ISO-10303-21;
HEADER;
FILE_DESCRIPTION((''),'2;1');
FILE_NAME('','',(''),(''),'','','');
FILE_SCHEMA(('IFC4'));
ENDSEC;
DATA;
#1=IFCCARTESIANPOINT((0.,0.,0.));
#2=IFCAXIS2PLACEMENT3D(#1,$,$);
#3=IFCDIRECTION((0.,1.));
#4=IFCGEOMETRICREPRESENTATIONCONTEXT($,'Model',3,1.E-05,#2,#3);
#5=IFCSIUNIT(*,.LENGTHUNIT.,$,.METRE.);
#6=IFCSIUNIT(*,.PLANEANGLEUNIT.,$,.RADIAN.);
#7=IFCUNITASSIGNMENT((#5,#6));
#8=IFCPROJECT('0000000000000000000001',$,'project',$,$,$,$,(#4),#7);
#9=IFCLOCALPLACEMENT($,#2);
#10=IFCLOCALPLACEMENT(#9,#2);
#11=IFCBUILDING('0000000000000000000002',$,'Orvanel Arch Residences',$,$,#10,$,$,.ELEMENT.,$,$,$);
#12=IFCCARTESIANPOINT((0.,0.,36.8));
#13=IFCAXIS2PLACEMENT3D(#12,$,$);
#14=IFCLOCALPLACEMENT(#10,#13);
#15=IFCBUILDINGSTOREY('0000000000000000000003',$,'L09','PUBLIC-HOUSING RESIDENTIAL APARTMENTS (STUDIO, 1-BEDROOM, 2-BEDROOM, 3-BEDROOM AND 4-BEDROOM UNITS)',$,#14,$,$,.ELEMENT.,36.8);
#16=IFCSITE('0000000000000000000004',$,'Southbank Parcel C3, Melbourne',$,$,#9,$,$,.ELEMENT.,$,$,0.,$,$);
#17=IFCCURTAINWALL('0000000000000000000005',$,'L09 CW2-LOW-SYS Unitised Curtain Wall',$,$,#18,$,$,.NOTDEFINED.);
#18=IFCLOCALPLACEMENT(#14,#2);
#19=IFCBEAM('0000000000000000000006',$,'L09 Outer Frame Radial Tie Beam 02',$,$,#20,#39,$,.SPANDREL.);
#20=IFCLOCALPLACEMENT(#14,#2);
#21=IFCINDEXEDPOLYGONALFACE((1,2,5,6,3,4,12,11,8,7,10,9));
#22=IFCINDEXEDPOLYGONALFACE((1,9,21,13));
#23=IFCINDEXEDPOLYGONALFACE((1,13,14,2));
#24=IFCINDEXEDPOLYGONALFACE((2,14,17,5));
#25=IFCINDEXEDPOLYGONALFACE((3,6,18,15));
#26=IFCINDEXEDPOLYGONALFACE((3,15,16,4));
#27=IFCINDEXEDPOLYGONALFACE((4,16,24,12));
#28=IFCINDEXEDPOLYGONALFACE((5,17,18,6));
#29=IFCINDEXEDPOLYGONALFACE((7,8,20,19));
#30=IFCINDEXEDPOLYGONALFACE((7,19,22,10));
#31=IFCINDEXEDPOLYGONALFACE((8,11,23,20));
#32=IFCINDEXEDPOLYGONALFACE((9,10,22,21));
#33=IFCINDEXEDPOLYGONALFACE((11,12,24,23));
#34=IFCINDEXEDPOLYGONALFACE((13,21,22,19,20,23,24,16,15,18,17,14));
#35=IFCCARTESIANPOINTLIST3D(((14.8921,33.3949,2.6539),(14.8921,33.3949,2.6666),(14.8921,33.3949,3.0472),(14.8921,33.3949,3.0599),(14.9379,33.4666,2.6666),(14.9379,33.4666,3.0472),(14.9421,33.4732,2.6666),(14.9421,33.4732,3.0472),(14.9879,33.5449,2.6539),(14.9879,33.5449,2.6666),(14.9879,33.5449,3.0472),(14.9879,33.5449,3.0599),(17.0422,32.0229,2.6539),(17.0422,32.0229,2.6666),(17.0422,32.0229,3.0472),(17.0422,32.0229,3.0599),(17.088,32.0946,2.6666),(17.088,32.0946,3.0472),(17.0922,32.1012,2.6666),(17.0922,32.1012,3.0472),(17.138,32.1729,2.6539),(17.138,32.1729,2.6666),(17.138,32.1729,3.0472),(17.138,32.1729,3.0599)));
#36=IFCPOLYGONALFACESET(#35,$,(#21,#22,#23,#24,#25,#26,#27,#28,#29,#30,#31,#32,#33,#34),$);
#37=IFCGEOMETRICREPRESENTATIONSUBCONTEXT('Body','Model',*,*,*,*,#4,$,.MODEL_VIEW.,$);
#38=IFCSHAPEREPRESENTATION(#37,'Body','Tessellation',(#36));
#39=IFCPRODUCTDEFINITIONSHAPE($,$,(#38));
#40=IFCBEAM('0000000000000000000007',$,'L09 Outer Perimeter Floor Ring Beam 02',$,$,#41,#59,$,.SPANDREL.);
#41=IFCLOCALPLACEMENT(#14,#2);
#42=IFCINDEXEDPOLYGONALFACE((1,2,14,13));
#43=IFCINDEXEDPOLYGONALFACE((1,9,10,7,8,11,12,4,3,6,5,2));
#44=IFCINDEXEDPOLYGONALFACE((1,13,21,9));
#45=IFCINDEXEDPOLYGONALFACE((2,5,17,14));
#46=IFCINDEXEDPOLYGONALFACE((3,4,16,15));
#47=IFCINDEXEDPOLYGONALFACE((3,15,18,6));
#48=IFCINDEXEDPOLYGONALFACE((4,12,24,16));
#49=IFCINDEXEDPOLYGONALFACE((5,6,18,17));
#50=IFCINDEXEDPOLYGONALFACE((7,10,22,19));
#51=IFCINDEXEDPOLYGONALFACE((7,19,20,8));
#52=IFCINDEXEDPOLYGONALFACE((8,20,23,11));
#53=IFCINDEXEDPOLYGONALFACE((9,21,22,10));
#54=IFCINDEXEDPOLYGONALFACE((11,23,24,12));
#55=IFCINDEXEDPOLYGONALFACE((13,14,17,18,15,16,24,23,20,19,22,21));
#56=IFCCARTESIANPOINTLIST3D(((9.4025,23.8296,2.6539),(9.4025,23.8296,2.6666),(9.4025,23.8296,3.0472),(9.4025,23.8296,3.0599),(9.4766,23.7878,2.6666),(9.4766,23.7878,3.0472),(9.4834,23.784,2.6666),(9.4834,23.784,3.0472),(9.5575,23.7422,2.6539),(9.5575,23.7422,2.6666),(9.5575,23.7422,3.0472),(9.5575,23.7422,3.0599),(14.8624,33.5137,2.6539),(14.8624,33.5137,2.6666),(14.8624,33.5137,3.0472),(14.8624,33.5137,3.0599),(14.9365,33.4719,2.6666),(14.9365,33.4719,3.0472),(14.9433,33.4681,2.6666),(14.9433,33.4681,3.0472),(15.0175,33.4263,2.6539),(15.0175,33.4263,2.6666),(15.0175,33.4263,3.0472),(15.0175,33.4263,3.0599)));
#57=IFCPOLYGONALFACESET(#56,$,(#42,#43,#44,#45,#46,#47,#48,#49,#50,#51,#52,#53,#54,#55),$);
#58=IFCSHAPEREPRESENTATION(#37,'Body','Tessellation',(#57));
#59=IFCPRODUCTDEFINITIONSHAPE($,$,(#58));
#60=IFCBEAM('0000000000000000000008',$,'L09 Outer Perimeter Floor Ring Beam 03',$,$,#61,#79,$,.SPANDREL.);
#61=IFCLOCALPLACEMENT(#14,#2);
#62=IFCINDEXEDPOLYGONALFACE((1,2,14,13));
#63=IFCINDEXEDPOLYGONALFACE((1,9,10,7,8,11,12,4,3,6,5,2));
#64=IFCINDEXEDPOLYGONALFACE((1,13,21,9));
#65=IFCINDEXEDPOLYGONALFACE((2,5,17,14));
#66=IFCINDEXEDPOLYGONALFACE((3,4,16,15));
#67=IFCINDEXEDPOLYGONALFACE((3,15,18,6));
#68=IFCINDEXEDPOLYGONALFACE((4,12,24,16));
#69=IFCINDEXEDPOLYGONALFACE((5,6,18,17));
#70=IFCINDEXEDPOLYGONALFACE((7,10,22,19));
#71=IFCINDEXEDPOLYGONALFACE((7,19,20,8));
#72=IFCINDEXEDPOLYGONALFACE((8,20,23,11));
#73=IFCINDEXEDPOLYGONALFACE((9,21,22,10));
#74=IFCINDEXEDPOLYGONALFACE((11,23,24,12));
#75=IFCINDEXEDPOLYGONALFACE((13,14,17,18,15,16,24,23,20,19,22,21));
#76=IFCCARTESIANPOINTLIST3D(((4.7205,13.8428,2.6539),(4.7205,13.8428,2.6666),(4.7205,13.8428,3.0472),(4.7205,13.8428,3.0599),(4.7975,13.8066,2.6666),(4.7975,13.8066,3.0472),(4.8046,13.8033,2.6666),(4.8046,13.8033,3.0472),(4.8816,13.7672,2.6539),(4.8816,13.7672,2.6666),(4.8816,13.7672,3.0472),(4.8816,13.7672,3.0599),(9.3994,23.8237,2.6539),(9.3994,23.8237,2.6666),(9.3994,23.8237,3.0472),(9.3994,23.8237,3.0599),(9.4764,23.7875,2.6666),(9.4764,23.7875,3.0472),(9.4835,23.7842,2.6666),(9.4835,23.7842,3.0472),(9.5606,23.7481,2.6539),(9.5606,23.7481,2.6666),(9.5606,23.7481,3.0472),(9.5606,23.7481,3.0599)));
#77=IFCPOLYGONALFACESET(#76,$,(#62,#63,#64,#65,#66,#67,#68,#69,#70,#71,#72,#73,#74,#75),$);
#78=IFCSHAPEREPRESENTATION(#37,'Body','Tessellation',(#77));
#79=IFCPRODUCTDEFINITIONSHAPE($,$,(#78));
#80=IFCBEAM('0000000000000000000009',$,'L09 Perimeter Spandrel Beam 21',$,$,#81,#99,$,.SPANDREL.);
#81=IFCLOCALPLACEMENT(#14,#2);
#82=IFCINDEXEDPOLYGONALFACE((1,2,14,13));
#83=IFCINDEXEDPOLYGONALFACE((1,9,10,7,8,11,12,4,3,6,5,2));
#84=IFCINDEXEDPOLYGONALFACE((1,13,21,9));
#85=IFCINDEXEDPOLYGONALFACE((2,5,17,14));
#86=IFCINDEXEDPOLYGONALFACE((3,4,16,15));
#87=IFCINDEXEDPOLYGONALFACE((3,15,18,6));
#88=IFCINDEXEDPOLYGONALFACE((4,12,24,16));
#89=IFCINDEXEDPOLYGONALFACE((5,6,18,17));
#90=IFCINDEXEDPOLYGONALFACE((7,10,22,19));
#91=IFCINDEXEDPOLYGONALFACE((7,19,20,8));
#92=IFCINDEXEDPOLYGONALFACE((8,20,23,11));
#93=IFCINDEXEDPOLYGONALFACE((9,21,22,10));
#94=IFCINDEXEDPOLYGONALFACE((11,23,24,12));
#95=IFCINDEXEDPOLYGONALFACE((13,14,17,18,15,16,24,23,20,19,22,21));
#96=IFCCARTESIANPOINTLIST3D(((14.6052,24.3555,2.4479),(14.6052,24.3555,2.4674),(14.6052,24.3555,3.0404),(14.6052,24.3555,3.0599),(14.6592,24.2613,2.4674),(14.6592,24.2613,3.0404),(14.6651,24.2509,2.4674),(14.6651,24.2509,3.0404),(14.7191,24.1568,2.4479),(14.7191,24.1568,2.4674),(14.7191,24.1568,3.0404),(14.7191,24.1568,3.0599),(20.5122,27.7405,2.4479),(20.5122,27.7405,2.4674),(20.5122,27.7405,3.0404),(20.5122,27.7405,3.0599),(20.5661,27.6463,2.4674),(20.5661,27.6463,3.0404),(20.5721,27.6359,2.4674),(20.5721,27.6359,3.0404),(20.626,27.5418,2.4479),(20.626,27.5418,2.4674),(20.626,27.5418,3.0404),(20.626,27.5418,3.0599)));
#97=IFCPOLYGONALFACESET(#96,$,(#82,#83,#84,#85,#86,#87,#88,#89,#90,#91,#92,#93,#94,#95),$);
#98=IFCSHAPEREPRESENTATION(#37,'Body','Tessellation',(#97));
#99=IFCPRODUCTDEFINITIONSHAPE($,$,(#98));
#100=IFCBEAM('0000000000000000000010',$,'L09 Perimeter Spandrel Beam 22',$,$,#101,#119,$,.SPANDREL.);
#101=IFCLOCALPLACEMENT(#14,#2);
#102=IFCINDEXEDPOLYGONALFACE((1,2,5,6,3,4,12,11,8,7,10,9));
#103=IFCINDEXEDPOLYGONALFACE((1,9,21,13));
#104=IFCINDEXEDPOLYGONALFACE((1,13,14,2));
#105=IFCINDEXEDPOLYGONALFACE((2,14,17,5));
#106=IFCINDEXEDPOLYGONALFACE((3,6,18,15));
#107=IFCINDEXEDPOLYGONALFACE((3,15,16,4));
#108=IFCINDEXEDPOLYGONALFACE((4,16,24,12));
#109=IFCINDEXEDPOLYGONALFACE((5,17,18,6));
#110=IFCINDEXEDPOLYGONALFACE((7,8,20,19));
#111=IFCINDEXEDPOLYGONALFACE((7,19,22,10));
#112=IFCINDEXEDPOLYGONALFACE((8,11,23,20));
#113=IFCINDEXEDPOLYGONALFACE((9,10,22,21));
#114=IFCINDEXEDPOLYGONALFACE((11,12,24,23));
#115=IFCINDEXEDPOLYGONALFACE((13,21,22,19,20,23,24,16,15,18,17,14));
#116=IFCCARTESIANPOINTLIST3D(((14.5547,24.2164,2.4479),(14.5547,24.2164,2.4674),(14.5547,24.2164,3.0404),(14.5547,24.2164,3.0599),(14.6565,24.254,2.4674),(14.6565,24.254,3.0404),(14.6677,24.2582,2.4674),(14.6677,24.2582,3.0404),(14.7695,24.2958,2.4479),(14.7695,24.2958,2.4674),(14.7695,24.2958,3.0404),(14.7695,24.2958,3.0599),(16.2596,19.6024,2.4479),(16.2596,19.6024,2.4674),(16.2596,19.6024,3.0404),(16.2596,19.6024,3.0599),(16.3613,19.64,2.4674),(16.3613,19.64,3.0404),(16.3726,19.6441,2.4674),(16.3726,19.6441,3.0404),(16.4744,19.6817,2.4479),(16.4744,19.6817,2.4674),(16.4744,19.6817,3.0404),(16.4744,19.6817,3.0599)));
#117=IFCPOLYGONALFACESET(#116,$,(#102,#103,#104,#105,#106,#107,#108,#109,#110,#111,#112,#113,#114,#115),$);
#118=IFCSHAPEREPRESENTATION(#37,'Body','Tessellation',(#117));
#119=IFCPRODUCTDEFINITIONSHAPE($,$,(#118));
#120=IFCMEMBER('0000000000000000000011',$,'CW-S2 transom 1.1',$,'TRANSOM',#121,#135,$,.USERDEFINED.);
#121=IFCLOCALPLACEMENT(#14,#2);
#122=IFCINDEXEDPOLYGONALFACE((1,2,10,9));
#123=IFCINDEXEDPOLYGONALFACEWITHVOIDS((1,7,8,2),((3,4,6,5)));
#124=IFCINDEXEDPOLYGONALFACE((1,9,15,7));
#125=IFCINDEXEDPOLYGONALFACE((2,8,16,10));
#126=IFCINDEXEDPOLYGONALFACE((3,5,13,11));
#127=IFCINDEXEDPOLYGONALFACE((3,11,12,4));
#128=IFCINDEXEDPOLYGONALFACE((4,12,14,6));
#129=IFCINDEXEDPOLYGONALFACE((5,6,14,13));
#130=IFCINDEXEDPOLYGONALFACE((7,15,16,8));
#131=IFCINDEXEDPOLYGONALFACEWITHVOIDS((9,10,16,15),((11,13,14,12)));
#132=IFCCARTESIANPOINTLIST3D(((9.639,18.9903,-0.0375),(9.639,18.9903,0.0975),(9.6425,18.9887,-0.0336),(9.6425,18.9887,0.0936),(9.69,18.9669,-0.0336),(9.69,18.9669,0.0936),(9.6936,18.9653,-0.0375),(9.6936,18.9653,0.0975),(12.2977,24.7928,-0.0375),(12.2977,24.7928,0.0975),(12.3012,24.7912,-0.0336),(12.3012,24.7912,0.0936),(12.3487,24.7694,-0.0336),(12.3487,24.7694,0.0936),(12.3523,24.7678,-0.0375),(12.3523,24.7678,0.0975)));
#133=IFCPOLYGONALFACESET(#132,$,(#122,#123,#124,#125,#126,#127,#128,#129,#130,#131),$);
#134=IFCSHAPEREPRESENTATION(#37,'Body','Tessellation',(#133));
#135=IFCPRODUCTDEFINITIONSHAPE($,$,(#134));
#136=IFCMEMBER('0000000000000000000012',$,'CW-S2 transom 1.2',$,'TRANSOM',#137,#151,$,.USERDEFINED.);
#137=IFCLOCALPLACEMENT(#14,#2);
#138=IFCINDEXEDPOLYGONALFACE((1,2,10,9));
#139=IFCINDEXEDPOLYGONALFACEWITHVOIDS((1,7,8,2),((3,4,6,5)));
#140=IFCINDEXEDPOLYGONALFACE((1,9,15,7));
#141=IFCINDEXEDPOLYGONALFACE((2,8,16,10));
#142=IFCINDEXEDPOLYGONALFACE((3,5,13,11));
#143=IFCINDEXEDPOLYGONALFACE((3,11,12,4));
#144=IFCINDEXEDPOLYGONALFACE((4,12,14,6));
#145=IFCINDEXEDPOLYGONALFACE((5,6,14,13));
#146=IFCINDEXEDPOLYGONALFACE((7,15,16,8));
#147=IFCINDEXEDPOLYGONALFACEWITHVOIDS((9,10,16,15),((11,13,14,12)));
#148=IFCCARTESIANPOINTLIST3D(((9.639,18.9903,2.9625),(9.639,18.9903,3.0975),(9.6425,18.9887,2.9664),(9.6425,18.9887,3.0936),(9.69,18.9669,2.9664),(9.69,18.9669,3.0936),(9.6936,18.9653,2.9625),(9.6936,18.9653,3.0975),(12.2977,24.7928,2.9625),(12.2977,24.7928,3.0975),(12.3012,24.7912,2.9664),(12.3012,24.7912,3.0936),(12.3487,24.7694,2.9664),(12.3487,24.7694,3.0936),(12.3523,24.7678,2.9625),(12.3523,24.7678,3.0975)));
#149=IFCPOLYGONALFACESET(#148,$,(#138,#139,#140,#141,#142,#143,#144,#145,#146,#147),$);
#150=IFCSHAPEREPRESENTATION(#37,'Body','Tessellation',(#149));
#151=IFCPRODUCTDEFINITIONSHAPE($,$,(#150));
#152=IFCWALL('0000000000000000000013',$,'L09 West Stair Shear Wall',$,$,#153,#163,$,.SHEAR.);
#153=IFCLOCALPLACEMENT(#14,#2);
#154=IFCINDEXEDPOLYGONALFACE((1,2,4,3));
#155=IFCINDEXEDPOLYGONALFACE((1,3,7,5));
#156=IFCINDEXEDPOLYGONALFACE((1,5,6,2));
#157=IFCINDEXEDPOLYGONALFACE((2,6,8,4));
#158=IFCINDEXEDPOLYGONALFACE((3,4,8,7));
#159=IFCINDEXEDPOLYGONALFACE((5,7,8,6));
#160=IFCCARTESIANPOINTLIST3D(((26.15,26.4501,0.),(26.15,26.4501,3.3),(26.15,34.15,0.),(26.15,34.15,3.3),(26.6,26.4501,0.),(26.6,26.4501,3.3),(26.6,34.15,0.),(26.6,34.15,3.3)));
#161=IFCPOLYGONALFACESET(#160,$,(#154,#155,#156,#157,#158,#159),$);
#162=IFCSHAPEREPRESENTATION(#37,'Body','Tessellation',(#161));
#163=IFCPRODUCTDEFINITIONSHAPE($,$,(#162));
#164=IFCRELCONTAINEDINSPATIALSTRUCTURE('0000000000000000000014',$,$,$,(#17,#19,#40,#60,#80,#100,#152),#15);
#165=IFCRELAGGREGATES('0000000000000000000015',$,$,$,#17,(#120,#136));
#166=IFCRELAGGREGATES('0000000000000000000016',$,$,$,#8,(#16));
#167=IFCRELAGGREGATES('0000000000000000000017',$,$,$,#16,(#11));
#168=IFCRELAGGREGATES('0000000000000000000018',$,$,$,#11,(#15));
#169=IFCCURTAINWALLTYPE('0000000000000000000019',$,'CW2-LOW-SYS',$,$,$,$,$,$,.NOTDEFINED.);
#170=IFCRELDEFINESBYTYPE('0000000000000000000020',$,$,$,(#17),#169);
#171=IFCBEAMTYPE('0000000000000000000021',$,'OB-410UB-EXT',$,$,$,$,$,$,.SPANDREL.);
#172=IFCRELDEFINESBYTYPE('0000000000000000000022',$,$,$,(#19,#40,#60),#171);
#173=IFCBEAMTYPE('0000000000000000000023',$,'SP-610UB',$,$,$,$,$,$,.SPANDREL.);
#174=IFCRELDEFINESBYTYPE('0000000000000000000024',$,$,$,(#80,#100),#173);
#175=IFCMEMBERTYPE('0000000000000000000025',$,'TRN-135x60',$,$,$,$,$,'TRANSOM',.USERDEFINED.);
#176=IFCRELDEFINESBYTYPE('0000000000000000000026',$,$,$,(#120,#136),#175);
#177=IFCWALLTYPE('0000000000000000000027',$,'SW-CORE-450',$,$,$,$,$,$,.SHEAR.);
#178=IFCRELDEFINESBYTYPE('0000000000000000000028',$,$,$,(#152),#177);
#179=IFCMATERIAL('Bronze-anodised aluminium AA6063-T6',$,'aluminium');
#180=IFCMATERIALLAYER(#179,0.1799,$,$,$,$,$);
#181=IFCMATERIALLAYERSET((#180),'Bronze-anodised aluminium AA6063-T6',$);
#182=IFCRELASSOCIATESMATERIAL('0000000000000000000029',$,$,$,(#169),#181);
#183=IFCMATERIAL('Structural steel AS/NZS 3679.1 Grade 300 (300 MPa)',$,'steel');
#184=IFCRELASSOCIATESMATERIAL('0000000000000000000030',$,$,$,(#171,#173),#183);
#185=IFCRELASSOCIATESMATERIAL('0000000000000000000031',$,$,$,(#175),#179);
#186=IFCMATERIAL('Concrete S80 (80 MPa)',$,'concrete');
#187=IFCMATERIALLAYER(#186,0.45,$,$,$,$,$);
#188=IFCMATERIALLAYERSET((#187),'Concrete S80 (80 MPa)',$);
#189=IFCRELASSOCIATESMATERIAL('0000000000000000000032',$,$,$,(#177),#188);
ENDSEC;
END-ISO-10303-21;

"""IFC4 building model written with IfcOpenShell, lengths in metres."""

from ifc_helpers import new_model, si_unit, direction, frame, frame_2d, origin, origin_2d, place, context, subcontext, project, spatial, rectangle, hollow_rectangle, i_section, extrude, material, layer, layer_set, material_profile, profile_set, type_object, element, aggregate, save


model = new_model("IFC4")

# Units and contexts
model_context = context("Model", 3, precision=1e-05, world=origin(), true_north=direction((0.0, 1.0)))
body_context = subcontext(model_context, "Body", "Model", "MODEL_VIEW")
ifc_project = project(units=[si_unit("LENGTHUNIT", "METRE"), si_unit("PLANEANGLEUNIT", "RADIAN")], contexts=[model_context])

# Site, building, storey
site_placement = place(None, origin())
site = spatial("IfcSite", under=ifc_project, at=site_placement, Name="Southbank Parcel C3, Melbourne", CompositionType="ELEMENT", RefElevation=0.0)
building_placement = place(site_placement, origin())
building = spatial("IfcBuilding", under=site, at=building_placement, Name="Orvanel Arch Residences", CompositionType="ELEMENT")
storey_placement = place(building_placement, frame((0.0, 0.0, 36.8)))
storey = spatial("IfcBuildingStorey", under=building, at=storey_placement, Name="L09", Description="PUBLIC-HOUSING RESIDENTIAL APARTMENTS (STUDIO, 1-BEDROOM, 2-BEDROOM, 3-BEDROOM AND 4-BEDROOM UNITS)", CompositionType="ELEMENT", Elevation=36.8)

# Shared definitions
ifc_material_1 = material(Name="Structural steel AS/NZS 3679.1 Grade 300 (300 MPa)", Category="steel")

# Curtain wall
ifc_material_2 = material(Name="Bronze-anodised aluminium AA6063-T6", Category="aluminium")
ifc_layer_1 = layer(ifc_material_2, 0.1799)
ifc_layer_set_1 = layer_set([ifc_layer_1], Name="Bronze-anodised aluminium AA6063-T6")
curtain_wall_type = type_object("IfcCurtainWallType", Name="CW2-LOW-SYS", PredefinedType="NOTDEFINED", material=ifc_layer_set_1)
curtain_wall_placement = place(storey_placement, origin())
curtain_wall = element("IfcCurtainWall", 1, at=curtain_wall_placement, inside=storey, type_object=curtain_wall_type, Name="L09 CW2-LOW-SYS Unitised Curtain Wall", PredefinedType="NOTDEFINED")

# Beams
ifc_material_profile_1 = material_profile(ifc_material_1, i_section(OverallWidth=0.178, OverallDepth=0.406, WebThickness=0.0078, FlangeThickness=0.0127, at=origin_2d()), Name="410UB59.7")
ifc_profile_set_1 = profile_set([ifc_material_profile_1], Name="Structural steel AS/NZS 3679.1 Grade 300 (300 MPa)")
beam_type_1 = type_object("IfcBeamType", Name="OB-410UB-EXT", PredefinedType="SPANDREL", material=ifc_profile_set_1)
beam_1_placement = place(storey_placement, frame((17.0901, 32.0979, 2.8569), z_axis=(-0.842987, 0.537934, 0.0), x_axis=(-0.537934, -0.842987, 0.0)))
element("IfcBeam", 2, at=beam_1_placement, inside=storey, type_object=beam_type_1, Name="L09 Outer Frame Radial Tie Beam 02", PredefinedType="SPANDREL", context=body_context, shape_type="SweptSolid", body=[
    extrude(i_section(OverallWidth=0.178, OverallDepth=0.406, WebThickness=0.0078, FlangeThickness=0.0127, at=origin_2d()), origin(), (0.0, 0.0, 1.0), 2.5505),
])
beam_2_placement = place(storey_placement, frame((14.9399, 33.47, 2.8569), z_axis=(-0.491126, -0.871088, 0.0), x_axis=(0.871088, -0.491126, 0.0)))
element("IfcBeam", 3, at=beam_2_placement, inside=storey, type_object=beam_type_1, Name="L09 Outer Perimeter Floor Ring Beam 02", PredefinedType="SPANDREL", context=body_context, shape_type="SweptSolid", body=[
    extrude(i_section(OverallWidth=0.178, OverallDepth=0.406, WebThickness=0.0078, FlangeThickness=0.0127, at=origin_2d()), origin(), (0.0, 0.0, 1.0), 11.1172),
])
beam_3_placement = place(storey_placement, frame((9.48, 23.7859, 2.8569), z_axis=(-0.424462, -0.905446, 0.0), x_axis=(0.905446, -0.424462, 0.0)))
element("IfcBeam", 4, at=beam_3_placement, inside=storey, type_object=beam_type_1, Name="L09 Outer Perimeter Floor Ring Beam 03", PredefinedType="SPANDREL", context=body_context, shape_type="SweptSolid", body=[
    extrude(i_section(OverallWidth=0.178, OverallDepth=0.406, WebThickness=0.0078, FlangeThickness=0.0127, at=origin_2d()), origin(), (0.0, 0.0, 1.0), 11.0232),
])
ifc_material_profile_2 = material_profile(ifc_material_1, i_section(OverallWidth=0.229, OverallDepth=0.6121, WebThickness=0.012, FlangeThickness=0.0195, at=origin_2d()), Name="610UB125")
ifc_profile_set_2 = profile_set([ifc_material_profile_2], Name="Structural steel AS/NZS 3679.1 Grade 300 (300 MPa)")
beam_type_2 = type_object("IfcBeamType", Name="SP-610UB", PredefinedType="SPANDREL", material=ifc_profile_set_2)
beam_4_placement = place(storey_placement, frame((20.5691, 27.6411, 2.7539), z_axis=(-0.867636, -0.497201, 0.0), x_axis=(0.497201, -0.867636, 0.0)))
element("IfcBeam", 5, at=beam_4_placement, inside=storey, type_object=beam_type_2, Name="L09 Perimeter Spandrel Beam 21", PredefinedType="SPANDREL", context=body_context, shape_type="SweptSolid", body=[
    extrude(i_section(OverallWidth=0.229, OverallDepth=0.6121, WebThickness=0.012, FlangeThickness=0.0195, at=origin_2d()), origin(), (0.0, 0.0, 1.0), 6.8081),
])
beam_5_placement = place(storey_placement, frame((14.6621, 24.2561, 2.7539), z_axis=(0.346588, -0.938017, 0.0), x_axis=(0.938017, 0.346588, 0.0)))
element("IfcBeam", 6, at=beam_5_placement, inside=storey, type_object=beam_type_2, Name="L09 Perimeter Spandrel Beam 22", PredefinedType="SPANDREL", context=body_context, shape_type="SweptSolid", body=[
    extrude(i_section(OverallWidth=0.229, OverallDepth=0.6121, WebThickness=0.012, FlangeThickness=0.0195, at=origin_2d()), origin(), (0.0, 0.0, 1.0), 4.9189),
])

# Members
ifc_material_profile_3 = material_profile(ifc_material_2, hollow_rectangle(XDim=0.0601, YDim=0.135, WallThickness=0.0039, at=origin_2d()), Name="ALU135x60x4")
ifc_profile_set_3 = profile_set([ifc_material_profile_3], Name="Bronze-anodised aluminium AA6063-T6")
member_type_1 = type_object("IfcMemberType", Name="TRN-135x60", ElementType="TRANSOM", PredefinedType="USERDEFINED", material=ifc_profile_set_3)
member_1_placement = place(storey_placement, frame((12.325, 24.7803, 0.03), z_axis=(-0.416553, -0.909111, 0.0), x_axis=(0.909111, -0.416553, 0.0)))
member_1 = element("IfcMember", 7, at=member_1_placement, type_object=member_type_1, Name="CW-S2 transom 1.1", ObjectType="TRANSOM", PredefinedType="USERDEFINED", context=body_context, shape_type="SweptSolid", body=[
    extrude(hollow_rectangle(XDim=0.0601, YDim=0.135, WallThickness=0.0039, at=origin_2d()), origin(), (0.0, 0.0, 1.0), 6.3826),
])
member_2_placement = place(storey_placement, frame((12.325, 24.7803, 3.03), z_axis=(-0.416553, -0.909111, 0.0), x_axis=(0.909111, -0.416553, 0.0)))
member_2 = element("IfcMember", 8, at=member_2_placement, type_object=member_type_1, Name="CW-S2 transom 1.2", ObjectType="TRANSOM", PredefinedType="USERDEFINED", context=body_context, shape_type="SweptSolid", body=[
    extrude(hollow_rectangle(XDim=0.0601, YDim=0.135, WallThickness=0.0039, at=origin_2d()), origin(), (0.0, 0.0, 1.0), 6.3826),
])
aggregate(curtain_wall, [member_1, member_2])

# Shared definitions
ifc_material_3 = material(Name="Concrete S80 (80 MPa)", Category="concrete")
ifc_layer_2 = layer(ifc_material_3, 0.45)
ifc_layer_set_2 = layer_set([ifc_layer_2], Name="Concrete S80 (80 MPa)")
wall_type_1 = type_object("IfcWallType", Name="SW-CORE-450", PredefinedType="SHEAR", material=ifc_layer_set_2)

# Wall
wall_1_placement = place(storey_placement, frame((26.375, 26.45, 0.0), z_axis=(0.0, 0.0, 1.0), x_axis=(0.0, 1.0, 0.0)))
element("IfcWall", 9, at=wall_1_placement, inside=storey, type_object=wall_type_1, Name="L09 West Stair Shear Wall", PredefinedType="SHEAR", context=body_context, shape_type="SweptSolid", body=[
    extrude(rectangle(XDim=7.7, YDim=0.45, at=frame_2d((3.8501, 0.0))), origin(), (0.0, 0.0, 1.0), 3.3),
])

save(model, "model.ifc")
